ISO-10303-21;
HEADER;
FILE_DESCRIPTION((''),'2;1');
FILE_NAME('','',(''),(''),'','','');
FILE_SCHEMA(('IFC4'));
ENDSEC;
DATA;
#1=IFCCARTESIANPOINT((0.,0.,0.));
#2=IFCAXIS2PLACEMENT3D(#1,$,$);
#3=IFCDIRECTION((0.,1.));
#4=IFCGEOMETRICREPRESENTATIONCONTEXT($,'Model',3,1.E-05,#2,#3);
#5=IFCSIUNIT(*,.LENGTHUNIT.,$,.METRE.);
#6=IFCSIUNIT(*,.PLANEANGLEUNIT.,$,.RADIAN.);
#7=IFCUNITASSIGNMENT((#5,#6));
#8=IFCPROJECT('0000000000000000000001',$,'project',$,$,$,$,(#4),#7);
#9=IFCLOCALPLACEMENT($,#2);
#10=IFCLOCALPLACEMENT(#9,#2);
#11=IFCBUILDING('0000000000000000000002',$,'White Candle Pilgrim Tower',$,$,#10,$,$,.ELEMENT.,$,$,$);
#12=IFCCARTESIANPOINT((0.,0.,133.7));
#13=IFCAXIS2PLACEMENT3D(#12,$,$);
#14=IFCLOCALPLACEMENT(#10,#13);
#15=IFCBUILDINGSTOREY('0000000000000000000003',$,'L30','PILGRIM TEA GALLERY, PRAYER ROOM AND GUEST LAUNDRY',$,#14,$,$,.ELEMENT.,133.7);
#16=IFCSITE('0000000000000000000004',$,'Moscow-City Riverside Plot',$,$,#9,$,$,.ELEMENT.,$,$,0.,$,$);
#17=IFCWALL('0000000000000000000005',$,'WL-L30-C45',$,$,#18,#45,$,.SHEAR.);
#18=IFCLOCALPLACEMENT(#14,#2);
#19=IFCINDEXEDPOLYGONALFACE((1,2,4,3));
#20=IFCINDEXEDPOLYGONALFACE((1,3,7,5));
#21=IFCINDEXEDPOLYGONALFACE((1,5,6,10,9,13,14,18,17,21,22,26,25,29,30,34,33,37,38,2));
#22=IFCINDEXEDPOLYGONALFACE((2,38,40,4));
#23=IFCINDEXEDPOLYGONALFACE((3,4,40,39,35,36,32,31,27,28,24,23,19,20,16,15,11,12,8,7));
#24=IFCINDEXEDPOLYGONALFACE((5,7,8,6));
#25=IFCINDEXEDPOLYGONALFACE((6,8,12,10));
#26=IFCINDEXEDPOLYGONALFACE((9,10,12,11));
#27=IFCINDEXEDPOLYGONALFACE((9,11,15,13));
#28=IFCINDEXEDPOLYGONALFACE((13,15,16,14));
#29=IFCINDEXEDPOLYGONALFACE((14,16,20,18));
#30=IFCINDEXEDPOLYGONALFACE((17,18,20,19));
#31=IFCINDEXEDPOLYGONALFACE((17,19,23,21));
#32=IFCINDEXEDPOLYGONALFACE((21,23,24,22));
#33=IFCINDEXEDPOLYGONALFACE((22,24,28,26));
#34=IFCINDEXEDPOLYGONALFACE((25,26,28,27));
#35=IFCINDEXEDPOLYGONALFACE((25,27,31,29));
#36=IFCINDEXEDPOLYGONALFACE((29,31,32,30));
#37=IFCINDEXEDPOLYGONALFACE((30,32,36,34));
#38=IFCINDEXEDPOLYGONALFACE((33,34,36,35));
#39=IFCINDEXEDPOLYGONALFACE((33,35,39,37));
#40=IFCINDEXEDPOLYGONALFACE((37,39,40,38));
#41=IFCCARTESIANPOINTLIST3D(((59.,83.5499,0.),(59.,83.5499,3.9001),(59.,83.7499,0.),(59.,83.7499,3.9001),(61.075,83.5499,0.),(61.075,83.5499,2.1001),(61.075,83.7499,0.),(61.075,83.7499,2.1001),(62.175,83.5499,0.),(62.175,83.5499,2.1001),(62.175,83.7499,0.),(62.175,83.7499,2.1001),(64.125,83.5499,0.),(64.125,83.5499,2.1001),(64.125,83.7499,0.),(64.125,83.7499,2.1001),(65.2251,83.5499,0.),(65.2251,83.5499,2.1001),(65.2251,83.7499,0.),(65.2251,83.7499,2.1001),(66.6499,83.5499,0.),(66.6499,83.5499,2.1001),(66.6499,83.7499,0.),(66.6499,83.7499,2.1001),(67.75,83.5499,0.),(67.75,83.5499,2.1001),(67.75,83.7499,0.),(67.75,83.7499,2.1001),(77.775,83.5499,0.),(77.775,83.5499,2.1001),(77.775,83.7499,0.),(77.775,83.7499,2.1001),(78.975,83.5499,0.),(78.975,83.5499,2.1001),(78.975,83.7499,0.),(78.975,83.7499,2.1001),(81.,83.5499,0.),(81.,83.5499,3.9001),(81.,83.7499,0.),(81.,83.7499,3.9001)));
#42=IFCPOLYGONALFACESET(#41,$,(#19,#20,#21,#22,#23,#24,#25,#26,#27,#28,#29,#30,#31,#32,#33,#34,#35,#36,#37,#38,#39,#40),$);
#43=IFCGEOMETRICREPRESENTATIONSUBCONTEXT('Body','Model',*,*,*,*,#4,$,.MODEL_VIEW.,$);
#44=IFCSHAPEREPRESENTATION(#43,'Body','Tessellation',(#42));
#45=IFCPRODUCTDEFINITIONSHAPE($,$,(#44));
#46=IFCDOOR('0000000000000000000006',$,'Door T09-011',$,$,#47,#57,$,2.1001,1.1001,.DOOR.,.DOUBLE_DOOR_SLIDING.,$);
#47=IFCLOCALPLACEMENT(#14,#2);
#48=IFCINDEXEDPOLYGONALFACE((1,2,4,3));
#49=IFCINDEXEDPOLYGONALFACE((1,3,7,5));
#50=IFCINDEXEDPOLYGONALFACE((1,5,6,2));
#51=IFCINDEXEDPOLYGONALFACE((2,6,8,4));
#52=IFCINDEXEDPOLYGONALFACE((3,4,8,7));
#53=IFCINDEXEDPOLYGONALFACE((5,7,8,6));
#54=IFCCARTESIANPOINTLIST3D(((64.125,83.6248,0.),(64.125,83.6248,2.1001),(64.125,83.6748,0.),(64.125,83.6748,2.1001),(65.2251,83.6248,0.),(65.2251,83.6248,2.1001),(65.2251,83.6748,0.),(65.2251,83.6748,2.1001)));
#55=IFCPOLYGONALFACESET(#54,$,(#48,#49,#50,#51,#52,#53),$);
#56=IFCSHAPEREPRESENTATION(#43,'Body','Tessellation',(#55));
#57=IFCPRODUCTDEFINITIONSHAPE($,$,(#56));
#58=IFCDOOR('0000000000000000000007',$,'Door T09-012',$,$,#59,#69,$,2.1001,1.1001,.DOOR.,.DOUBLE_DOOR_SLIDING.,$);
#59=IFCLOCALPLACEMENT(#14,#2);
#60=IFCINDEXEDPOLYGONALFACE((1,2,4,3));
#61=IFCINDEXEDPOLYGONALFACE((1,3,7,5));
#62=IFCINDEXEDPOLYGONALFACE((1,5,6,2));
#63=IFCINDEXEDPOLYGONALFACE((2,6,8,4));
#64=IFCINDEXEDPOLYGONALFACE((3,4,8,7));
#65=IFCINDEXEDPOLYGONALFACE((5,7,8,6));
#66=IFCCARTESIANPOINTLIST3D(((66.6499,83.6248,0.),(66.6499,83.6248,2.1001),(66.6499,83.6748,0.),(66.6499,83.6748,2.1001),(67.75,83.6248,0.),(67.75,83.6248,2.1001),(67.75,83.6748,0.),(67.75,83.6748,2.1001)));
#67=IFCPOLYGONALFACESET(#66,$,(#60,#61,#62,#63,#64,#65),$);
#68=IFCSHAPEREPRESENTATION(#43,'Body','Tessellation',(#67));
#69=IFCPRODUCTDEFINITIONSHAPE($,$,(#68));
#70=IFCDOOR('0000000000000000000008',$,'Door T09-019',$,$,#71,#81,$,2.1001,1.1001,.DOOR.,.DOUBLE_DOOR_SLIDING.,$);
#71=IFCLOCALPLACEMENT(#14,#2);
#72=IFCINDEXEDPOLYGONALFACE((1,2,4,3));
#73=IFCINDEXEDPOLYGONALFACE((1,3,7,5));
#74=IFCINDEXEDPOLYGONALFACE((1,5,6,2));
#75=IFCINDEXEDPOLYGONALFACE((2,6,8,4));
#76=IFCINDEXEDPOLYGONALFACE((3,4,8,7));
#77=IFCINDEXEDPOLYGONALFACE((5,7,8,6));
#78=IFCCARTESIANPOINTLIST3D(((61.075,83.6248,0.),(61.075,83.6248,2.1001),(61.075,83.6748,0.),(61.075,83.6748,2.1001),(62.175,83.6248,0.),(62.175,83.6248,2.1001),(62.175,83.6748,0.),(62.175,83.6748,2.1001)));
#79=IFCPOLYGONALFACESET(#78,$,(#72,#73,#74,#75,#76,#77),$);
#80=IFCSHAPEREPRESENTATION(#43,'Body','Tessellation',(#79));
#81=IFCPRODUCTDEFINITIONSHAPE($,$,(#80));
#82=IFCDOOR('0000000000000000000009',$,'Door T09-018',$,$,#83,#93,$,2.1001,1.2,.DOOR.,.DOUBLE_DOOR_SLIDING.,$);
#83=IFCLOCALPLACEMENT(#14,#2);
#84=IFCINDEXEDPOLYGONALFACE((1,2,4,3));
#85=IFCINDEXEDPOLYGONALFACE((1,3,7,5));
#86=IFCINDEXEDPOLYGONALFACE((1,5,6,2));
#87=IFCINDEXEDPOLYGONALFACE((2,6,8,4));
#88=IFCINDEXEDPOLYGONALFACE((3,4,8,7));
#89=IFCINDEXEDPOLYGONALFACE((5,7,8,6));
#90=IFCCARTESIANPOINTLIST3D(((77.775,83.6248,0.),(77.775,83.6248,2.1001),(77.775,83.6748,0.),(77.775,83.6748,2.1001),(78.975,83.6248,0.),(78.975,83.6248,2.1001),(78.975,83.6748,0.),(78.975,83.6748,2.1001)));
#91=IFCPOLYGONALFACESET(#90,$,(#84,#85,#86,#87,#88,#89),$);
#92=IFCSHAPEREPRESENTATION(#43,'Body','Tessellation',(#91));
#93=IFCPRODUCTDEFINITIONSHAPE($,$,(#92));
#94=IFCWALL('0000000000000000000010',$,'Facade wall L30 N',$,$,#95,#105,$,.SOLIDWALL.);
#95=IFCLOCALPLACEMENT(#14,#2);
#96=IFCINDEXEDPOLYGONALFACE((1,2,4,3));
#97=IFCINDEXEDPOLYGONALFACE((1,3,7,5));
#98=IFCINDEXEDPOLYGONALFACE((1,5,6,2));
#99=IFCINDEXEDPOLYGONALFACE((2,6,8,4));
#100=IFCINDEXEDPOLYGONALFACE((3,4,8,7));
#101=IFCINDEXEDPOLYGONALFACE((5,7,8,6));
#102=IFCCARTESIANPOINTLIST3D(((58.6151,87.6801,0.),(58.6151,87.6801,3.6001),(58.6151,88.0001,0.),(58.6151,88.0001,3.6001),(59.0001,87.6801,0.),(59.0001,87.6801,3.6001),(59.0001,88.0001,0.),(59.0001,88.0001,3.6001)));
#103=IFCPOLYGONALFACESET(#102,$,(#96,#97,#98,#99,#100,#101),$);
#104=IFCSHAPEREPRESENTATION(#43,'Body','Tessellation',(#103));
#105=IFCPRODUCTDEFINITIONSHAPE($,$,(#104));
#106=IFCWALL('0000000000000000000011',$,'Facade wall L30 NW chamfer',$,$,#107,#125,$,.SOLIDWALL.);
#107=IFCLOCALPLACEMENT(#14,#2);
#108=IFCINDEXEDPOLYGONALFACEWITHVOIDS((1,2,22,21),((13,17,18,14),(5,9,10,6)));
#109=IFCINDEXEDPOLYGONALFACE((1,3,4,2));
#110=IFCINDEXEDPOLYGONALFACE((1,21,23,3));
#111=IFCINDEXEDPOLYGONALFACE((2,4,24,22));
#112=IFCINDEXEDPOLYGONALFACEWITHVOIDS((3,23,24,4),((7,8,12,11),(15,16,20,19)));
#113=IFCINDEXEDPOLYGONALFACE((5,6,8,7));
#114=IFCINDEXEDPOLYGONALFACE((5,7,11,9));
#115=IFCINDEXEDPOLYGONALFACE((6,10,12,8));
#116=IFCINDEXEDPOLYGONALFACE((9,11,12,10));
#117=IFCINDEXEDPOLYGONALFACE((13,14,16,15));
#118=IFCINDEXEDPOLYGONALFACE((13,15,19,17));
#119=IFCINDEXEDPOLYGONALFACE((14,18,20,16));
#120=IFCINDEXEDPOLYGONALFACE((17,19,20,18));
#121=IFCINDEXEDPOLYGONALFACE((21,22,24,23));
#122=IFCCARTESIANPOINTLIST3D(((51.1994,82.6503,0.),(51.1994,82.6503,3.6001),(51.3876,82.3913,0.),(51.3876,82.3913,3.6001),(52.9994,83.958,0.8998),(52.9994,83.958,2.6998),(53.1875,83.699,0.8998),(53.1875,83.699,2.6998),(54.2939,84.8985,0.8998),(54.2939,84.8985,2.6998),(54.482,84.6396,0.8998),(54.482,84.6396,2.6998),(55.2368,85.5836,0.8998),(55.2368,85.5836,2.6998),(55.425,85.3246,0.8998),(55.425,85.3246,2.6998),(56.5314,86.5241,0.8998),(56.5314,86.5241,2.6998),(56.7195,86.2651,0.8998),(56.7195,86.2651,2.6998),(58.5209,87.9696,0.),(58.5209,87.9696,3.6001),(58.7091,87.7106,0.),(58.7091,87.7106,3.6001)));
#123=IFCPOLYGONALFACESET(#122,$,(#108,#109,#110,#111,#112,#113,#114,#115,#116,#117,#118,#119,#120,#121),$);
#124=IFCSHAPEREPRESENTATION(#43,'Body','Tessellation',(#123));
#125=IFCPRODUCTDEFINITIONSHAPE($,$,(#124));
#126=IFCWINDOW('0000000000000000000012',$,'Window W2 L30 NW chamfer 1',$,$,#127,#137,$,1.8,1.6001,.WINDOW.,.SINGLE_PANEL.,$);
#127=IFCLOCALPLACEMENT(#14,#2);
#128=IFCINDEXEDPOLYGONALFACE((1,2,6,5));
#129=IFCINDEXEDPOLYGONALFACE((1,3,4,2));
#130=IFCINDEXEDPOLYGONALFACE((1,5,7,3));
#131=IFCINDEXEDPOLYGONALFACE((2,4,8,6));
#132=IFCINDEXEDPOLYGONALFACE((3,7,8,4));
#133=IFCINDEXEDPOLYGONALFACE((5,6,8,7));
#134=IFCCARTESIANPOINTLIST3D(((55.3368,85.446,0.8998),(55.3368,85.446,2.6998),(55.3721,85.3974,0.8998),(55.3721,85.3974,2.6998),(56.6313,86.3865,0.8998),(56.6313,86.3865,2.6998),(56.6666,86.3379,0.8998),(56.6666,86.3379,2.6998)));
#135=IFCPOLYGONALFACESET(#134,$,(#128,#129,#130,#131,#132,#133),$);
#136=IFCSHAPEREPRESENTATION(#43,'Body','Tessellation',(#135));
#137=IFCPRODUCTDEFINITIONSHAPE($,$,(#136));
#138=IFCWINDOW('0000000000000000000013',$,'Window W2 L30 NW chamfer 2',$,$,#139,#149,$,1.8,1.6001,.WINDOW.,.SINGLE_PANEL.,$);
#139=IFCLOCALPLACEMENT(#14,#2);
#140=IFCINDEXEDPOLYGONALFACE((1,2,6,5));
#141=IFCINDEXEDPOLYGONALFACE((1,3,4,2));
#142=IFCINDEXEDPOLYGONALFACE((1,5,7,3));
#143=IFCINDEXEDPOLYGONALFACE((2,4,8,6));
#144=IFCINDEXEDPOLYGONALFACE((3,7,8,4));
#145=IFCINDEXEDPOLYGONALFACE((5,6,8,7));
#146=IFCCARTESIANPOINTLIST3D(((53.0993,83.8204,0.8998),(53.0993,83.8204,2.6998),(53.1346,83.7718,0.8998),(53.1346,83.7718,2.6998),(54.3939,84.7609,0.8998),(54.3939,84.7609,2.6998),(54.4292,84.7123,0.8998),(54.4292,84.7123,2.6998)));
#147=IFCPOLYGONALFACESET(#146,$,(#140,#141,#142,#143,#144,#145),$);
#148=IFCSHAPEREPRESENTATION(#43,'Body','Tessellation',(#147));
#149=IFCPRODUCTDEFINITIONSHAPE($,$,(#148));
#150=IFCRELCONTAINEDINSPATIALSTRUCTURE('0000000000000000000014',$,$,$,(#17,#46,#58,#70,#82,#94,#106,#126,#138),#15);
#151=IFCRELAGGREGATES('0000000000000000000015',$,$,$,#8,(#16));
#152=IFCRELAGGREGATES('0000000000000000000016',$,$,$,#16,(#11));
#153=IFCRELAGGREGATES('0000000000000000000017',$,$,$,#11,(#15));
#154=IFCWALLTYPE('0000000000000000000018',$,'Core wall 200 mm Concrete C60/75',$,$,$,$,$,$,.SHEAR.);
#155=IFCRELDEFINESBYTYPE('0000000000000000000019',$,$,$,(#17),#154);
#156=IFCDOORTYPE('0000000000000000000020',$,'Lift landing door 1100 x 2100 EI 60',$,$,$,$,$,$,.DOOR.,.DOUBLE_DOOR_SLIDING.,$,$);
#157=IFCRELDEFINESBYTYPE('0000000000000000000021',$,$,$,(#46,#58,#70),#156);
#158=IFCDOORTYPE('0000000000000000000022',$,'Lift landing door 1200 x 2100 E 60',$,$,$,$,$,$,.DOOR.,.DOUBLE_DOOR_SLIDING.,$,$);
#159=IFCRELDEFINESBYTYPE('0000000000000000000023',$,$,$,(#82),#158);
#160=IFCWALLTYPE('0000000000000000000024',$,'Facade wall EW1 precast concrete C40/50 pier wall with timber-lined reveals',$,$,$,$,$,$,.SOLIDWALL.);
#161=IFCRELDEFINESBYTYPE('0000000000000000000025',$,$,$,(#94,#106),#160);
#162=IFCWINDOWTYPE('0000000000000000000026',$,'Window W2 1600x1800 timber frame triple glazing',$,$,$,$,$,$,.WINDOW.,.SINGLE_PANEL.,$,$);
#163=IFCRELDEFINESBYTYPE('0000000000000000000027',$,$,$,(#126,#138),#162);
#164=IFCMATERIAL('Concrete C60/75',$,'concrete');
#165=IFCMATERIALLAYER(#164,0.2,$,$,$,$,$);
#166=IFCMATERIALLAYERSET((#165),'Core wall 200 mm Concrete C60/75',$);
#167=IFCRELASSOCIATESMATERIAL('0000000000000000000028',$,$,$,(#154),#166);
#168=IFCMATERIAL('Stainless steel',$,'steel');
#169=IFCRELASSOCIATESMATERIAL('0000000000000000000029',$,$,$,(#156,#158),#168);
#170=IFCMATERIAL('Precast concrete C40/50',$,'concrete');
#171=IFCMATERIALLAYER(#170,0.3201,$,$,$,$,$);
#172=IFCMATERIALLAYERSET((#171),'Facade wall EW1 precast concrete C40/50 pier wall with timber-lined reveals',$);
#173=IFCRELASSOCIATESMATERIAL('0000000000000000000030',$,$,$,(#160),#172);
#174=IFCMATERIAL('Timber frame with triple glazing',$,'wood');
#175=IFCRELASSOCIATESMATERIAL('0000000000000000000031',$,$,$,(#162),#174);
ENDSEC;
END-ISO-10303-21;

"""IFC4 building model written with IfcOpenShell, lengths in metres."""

from ifc_helpers import new_model, si_unit, direction, frame, frame_2d, origin, place, context, subcontext, project, spatial, rectangle, extrude, material, layer, layer_set, type_object, element, fill, save


model = new_model("IFC4")

# Units and contexts
model_context = context("Model", 3, precision=1e-05, world=origin(), true_north=direction((0.0, 1.0)))
body_context = subcontext(model_context, "Body", "Model", "MODEL_VIEW")
ifc_project = project(units=[si_unit("LENGTHUNIT", "METRE"), si_unit("PLANEANGLEUNIT", "RADIAN")], contexts=[model_context])

# Site, building, storey
site_placement = place(None, origin())
site = spatial("IfcSite", under=ifc_project, at=site_placement, Name="Moscow-City Riverside Plot", CompositionType="ELEMENT", RefElevation=0.0)
building_placement = place(site_placement, origin())
building = spatial("IfcBuilding", under=site, at=building_placement, Name="White Candle Pilgrim Tower", CompositionType="ELEMENT")
storey_placement = place(building_placement, frame((0.0, 0.0, 133.7)))
storey = spatial("IfcBuildingStorey", under=building, at=storey_placement, Name="L30", Description="PILGRIM TEA GALLERY, PRAYER ROOM AND GUEST LAUNDRY", CompositionType="ELEMENT", Elevation=133.7)

# Shared definitions
ifc_material_1 = material(Name="Concrete C60/75", Category="concrete")
ifc_layer_1 = layer(ifc_material_1, 0.2)
ifc_layer_set_1 = layer_set([ifc_layer_1], Name="Core wall 200 mm Concrete C60/75")
wall_type_1 = type_object("IfcWallType", Name="Core wall 200 mm Concrete C60/75", PredefinedType="SHEAR", material=ifc_layer_set_1)

# Wall, openings, doors
wall_1_placement = place(storey_placement, frame((59.0, 83.6499, 0.0), z_axis=(0.0, 0.0, 1.0), x_axis=(1.0, 0.0, 0.0)))
wall_1 = element("IfcWall", 1, at=wall_1_placement, inside=storey, type_object=wall_type_1, Name="WL-L30-C45", PredefinedType="SHEAR", context=body_context, shape_type="SweptSolid", body=[
    extrude(rectangle(XDim=22.0, YDim=0.2, at=frame_2d((11.0, 0.0))), origin(), (0.0, 0.0, 1.0), 3.9001),
])
opening_1_placement = place(wall_1_placement, frame((5.125, 0.0, 0.0)))
opening_1 = element("IfcOpeningElement", 2, at=opening_1_placement, cuts=wall_1, PredefinedType="OPENING", context=body_context, shape_type="SweptSolid", body=[
    extrude(rectangle(XDim=1.1001, YDim=2.1001, at=frame_2d((0.55, 1.05))), frame((0.0, 0.1099, 0.0), z_axis=(0.0, -1.0, 0.0), x_axis=(1.0, 0.0, 0.0)), (0.0, 0.0, 1.0), 0.22),
])
opening_2_placement = place(wall_1_placement, frame((7.6499, 0.0, 0.0)))
opening_2 = element("IfcOpeningElement", 3, at=opening_2_placement, cuts=wall_1, PredefinedType="OPENING", context=body_context, shape_type="SweptSolid", body=[
    extrude(rectangle(XDim=1.1001, YDim=2.1001, at=frame_2d((0.55, 1.05))), frame((0.0, 0.1099, 0.0), z_axis=(0.0, -1.0, 0.0), x_axis=(1.0, 0.0, 0.0)), (0.0, 0.0, 1.0), 0.22),
])
opening_3_placement = place(wall_1_placement, frame((18.7749, 0.0, 0.0)))
opening_3 = element("IfcOpeningElement", 4, at=opening_3_placement, cuts=wall_1, PredefinedType="OPENING", context=body_context, shape_type="SweptSolid", body=[
    extrude(rectangle(XDim=1.2, YDim=2.1001, at=frame_2d((0.6001, 1.05))), frame((0.0, 0.1099, 0.0), z_axis=(0.0, -1.0, 0.0), x_axis=(1.0, 0.0, 0.0)), (0.0, 0.0, 1.0), 0.22),
])
opening_4_placement = place(wall_1_placement, frame((2.075, 0.0, 0.0)))
opening_4 = element("IfcOpeningElement", 5, at=opening_4_placement, cuts=wall_1, PredefinedType="OPENING", context=body_context, shape_type="SweptSolid", body=[
    extrude(rectangle(XDim=1.1001, YDim=2.1001, at=frame_2d((0.55, 1.05))), frame((0.0, 0.1099, 0.0), z_axis=(0.0, -1.0, 0.0), x_axis=(1.0, 0.0, 0.0)), (0.0, 0.0, 1.0), 0.22),
])
ifc_material_2 = material(Name="Stainless steel", Category="steel")
door_type_1 = type_object("IfcDoorType", Name="Lift landing door 1100 x 2100 EI 60", OperationType="DOUBLE_DOOR_SLIDING", PredefinedType="DOOR", material=ifc_material_2)
door_1_placement = place(opening_1_placement, origin())
door_1 = element("IfcDoor", 6, at=door_1_placement, inside=storey, type_object=door_type_1, Name="Door T09-011", OperationType="DOUBLE_DOOR_SLIDING", OverallHeight=2.1001, OverallWidth=1.1001, PredefinedType="DOOR", context=body_context, shape_type="SweptSolid", body=[
    extrude(rectangle(XDim=1.1001, YDim=2.1001, at=frame_2d((0.55, 1.05))), frame((0.0, 0.0249, 0.0), z_axis=(0.0, -1.0, 0.0), x_axis=(1.0, 0.0, 0.0)), (0.0, 0.0, 1.0), 0.05),
])
fill(opening_1, door_1)
door_2_placement = place(opening_2_placement, origin())
door_2 = element("IfcDoor", 7, at=door_2_placement, inside=storey, type_object=door_type_1, Name="Door T09-012", OperationType="DOUBLE_DOOR_SLIDING", OverallHeight=2.1001, OverallWidth=1.1001, PredefinedType="DOOR", context=body_context, shape_type="SweptSolid", body=[
    extrude(rectangle(XDim=1.1001, YDim=2.1001, at=frame_2d((0.55, 1.05))), frame((0.0, 0.0249, 0.0), z_axis=(0.0, -1.0, 0.0), x_axis=(1.0, 0.0, 0.0)), (0.0, 0.0, 1.0), 0.05),
])
fill(opening_2, door_2)
door_3_placement = place(opening_4_placement, origin())
door_3 = element("IfcDoor", 8, at=door_3_placement, inside=storey, type_object=door_type_1, Name="Door T09-019", OperationType="DOUBLE_DOOR_SLIDING", OverallHeight=2.1001, OverallWidth=1.1001, PredefinedType="DOOR", context=body_context, shape_type="SweptSolid", body=[
    extrude(rectangle(XDim=1.1001, YDim=2.1001, at=frame_2d((0.55, 1.05))), frame((0.0, 0.0249, 0.0), z_axis=(0.0, -1.0, 0.0), x_axis=(1.0, 0.0, 0.0)), (0.0, 0.0, 1.0), 0.05),
])
fill(opening_4, door_3)
door_type_2 = type_object("IfcDoorType", Name="Lift landing door 1200 x 2100 E 60", OperationType="DOUBLE_DOOR_SLIDING", PredefinedType="DOOR", material=ifc_material_2)
door_4_placement = place(opening_3_placement, origin())
door_4 = element("IfcDoor", 9, at=door_4_placement, inside=storey, type_object=door_type_2, Name="Door T09-018", OperationType="DOUBLE_DOOR_SLIDING", OverallHeight=2.1001, OverallWidth=1.2, PredefinedType="DOOR", context=body_context, shape_type="SweptSolid", body=[
    extrude(rectangle(XDim=1.2, YDim=2.1001, at=frame_2d((0.6001, 1.05))), frame((0.0, 0.0249, 0.0), z_axis=(0.0, -1.0, 0.0), x_axis=(1.0, 0.0, 0.0)), (0.0, 0.0, 1.0), 0.05),
])
fill(opening_3, door_4)

# Wall
ifc_material_3 = material(Name="Precast concrete C40/50", Category="concrete")
ifc_layer_2 = layer(ifc_material_3, 0.3201)
ifc_layer_set_2 = layer_set([ifc_layer_2], Name="Facade wall EW1 precast concrete C40/50 pier wall with timber-lined reveals")
wall_type_2 = type_object("IfcWallType", Name="Facade wall EW1 precast concrete C40/50 pier wall with timber-lined reveals", PredefinedType="SOLIDWALL", material=ifc_layer_set_2)
wall_2_placement = place(storey_placement, frame((59.0, 87.8401, 0.0), z_axis=(0.0, 0.0, 1.0), x_axis=(-1.0, 0.0, 0.0)))
element("IfcWall", 10, at=wall_2_placement, inside=storey, type_object=wall_type_2, Name="Facade wall L30 N", PredefinedType="SOLIDWALL", context=body_context, shape_type="SweptSolid", body=[
    extrude(rectangle(XDim=0.385, YDim=0.3201, at=frame_2d((0.1924, 0.0))), origin(), (0.0, 0.0, 1.0), 3.6001),
])

# Wall, openings, windows
wall_3_placement = place(storey_placement, frame((58.615, 87.8401, 0.0), z_axis=(0.0, 0.0, 1.0), x_axis=(-0.809021, -0.58778, 0.0)))
wall_3 = element("IfcWall", 11, at=wall_3_placement, inside=storey, type_object=wall_type_2, Name="Facade wall L30 NW chamfer", PredefinedType="SOLIDWALL", context=body_context, shape_type="SweptSolid", body=[
    extrude(rectangle(XDim=9.0498, YDim=0.3201, at=frame_2d((4.5249, 0.0))), origin(), (0.0, 0.0, 1.0), 3.6001),
])
opening_5_placement = place(wall_3_placement, frame((2.4592, 0.0, 0.8999)))
opening_5 = element("IfcOpeningElement", 12, at=opening_5_placement, cuts=wall_3, PredefinedType="OPENING", context=body_context, shape_type="SweptSolid", body=[
    extrude(rectangle(XDim=1.6001, YDim=1.8, at=frame_2d((0.8, 0.8999))), frame((0.0, 0.1699, 0.0), z_axis=(0.0, -1.0, 0.0), x_axis=(1.0, 0.0, 0.0)), (0.0, 0.0, 1.0), 0.3401),
])
opening_6_placement = place(wall_3_placement, frame((5.2249, 0.0, 0.8999)))
opening_6 = element("IfcOpeningElement", 13, at=opening_6_placement, cuts=wall_3, PredefinedType="OPENING", context=body_context, shape_type="SweptSolid", body=[
    extrude(rectangle(XDim=1.6001, YDim=1.8, at=frame_2d((0.8, 0.8999))), frame((0.0, 0.1699, 0.0), z_axis=(0.0, -1.0, 0.0), x_axis=(1.0, 0.0, 0.0)), (0.0, 0.0, 1.0), 0.3401),
])
ifc_material_4 = material(Name="Timber frame with triple glazing", Category="wood")
window_type_1 = type_object("IfcWindowType", Name="Window W2 1600x1800 timber frame triple glazing", PartitioningType="SINGLE_PANEL", PredefinedType="WINDOW", material=ifc_material_4)
window_1_placement = place(opening_5_placement, origin())
window_1 = element("IfcWindow", 14, at=window_1_placement, inside=storey, type_object=window_type_1, Name="Window W2 L30 NW chamfer 1", OverallHeight=1.8, OverallWidth=1.6001, PartitioningType="SINGLE_PANEL", PredefinedType="WINDOW", context=body_context, shape_type="SweptSolid", body=[
    extrude(rectangle(XDim=1.6001, YDim=1.8, at=frame_2d((0.8, 0.8999))), frame((0.0, 0.0701, 0.0), z_axis=(0.0, -1.0, 0.0), x_axis=(1.0, 0.0, 0.0)), (0.0, 0.0, 1.0), 0.0601),
])
fill(opening_5, window_1)
window_2_placement = place(opening_6_placement, origin())
window_2 = element("IfcWindow", 15, at=window_2_placement, inside=storey, type_object=window_type_1, Name="Window W2 L30 NW chamfer 2", OverallHeight=1.8, OverallWidth=1.6001, PartitioningType="SINGLE_PANEL", PredefinedType="WINDOW", context=body_context, shape_type="SweptSolid", body=[
    extrude(rectangle(XDim=1.6001, YDim=1.8, at=frame_2d((0.8, 0.8999))), frame((0.0, 0.0701, 0.0), z_axis=(0.0, -1.0, 0.0), x_axis=(1.0, 0.0, 0.0)), (0.0, 0.0, 1.0), 0.0601),
])
fill(opening_6, window_2)

save(model, "model.ifc")
